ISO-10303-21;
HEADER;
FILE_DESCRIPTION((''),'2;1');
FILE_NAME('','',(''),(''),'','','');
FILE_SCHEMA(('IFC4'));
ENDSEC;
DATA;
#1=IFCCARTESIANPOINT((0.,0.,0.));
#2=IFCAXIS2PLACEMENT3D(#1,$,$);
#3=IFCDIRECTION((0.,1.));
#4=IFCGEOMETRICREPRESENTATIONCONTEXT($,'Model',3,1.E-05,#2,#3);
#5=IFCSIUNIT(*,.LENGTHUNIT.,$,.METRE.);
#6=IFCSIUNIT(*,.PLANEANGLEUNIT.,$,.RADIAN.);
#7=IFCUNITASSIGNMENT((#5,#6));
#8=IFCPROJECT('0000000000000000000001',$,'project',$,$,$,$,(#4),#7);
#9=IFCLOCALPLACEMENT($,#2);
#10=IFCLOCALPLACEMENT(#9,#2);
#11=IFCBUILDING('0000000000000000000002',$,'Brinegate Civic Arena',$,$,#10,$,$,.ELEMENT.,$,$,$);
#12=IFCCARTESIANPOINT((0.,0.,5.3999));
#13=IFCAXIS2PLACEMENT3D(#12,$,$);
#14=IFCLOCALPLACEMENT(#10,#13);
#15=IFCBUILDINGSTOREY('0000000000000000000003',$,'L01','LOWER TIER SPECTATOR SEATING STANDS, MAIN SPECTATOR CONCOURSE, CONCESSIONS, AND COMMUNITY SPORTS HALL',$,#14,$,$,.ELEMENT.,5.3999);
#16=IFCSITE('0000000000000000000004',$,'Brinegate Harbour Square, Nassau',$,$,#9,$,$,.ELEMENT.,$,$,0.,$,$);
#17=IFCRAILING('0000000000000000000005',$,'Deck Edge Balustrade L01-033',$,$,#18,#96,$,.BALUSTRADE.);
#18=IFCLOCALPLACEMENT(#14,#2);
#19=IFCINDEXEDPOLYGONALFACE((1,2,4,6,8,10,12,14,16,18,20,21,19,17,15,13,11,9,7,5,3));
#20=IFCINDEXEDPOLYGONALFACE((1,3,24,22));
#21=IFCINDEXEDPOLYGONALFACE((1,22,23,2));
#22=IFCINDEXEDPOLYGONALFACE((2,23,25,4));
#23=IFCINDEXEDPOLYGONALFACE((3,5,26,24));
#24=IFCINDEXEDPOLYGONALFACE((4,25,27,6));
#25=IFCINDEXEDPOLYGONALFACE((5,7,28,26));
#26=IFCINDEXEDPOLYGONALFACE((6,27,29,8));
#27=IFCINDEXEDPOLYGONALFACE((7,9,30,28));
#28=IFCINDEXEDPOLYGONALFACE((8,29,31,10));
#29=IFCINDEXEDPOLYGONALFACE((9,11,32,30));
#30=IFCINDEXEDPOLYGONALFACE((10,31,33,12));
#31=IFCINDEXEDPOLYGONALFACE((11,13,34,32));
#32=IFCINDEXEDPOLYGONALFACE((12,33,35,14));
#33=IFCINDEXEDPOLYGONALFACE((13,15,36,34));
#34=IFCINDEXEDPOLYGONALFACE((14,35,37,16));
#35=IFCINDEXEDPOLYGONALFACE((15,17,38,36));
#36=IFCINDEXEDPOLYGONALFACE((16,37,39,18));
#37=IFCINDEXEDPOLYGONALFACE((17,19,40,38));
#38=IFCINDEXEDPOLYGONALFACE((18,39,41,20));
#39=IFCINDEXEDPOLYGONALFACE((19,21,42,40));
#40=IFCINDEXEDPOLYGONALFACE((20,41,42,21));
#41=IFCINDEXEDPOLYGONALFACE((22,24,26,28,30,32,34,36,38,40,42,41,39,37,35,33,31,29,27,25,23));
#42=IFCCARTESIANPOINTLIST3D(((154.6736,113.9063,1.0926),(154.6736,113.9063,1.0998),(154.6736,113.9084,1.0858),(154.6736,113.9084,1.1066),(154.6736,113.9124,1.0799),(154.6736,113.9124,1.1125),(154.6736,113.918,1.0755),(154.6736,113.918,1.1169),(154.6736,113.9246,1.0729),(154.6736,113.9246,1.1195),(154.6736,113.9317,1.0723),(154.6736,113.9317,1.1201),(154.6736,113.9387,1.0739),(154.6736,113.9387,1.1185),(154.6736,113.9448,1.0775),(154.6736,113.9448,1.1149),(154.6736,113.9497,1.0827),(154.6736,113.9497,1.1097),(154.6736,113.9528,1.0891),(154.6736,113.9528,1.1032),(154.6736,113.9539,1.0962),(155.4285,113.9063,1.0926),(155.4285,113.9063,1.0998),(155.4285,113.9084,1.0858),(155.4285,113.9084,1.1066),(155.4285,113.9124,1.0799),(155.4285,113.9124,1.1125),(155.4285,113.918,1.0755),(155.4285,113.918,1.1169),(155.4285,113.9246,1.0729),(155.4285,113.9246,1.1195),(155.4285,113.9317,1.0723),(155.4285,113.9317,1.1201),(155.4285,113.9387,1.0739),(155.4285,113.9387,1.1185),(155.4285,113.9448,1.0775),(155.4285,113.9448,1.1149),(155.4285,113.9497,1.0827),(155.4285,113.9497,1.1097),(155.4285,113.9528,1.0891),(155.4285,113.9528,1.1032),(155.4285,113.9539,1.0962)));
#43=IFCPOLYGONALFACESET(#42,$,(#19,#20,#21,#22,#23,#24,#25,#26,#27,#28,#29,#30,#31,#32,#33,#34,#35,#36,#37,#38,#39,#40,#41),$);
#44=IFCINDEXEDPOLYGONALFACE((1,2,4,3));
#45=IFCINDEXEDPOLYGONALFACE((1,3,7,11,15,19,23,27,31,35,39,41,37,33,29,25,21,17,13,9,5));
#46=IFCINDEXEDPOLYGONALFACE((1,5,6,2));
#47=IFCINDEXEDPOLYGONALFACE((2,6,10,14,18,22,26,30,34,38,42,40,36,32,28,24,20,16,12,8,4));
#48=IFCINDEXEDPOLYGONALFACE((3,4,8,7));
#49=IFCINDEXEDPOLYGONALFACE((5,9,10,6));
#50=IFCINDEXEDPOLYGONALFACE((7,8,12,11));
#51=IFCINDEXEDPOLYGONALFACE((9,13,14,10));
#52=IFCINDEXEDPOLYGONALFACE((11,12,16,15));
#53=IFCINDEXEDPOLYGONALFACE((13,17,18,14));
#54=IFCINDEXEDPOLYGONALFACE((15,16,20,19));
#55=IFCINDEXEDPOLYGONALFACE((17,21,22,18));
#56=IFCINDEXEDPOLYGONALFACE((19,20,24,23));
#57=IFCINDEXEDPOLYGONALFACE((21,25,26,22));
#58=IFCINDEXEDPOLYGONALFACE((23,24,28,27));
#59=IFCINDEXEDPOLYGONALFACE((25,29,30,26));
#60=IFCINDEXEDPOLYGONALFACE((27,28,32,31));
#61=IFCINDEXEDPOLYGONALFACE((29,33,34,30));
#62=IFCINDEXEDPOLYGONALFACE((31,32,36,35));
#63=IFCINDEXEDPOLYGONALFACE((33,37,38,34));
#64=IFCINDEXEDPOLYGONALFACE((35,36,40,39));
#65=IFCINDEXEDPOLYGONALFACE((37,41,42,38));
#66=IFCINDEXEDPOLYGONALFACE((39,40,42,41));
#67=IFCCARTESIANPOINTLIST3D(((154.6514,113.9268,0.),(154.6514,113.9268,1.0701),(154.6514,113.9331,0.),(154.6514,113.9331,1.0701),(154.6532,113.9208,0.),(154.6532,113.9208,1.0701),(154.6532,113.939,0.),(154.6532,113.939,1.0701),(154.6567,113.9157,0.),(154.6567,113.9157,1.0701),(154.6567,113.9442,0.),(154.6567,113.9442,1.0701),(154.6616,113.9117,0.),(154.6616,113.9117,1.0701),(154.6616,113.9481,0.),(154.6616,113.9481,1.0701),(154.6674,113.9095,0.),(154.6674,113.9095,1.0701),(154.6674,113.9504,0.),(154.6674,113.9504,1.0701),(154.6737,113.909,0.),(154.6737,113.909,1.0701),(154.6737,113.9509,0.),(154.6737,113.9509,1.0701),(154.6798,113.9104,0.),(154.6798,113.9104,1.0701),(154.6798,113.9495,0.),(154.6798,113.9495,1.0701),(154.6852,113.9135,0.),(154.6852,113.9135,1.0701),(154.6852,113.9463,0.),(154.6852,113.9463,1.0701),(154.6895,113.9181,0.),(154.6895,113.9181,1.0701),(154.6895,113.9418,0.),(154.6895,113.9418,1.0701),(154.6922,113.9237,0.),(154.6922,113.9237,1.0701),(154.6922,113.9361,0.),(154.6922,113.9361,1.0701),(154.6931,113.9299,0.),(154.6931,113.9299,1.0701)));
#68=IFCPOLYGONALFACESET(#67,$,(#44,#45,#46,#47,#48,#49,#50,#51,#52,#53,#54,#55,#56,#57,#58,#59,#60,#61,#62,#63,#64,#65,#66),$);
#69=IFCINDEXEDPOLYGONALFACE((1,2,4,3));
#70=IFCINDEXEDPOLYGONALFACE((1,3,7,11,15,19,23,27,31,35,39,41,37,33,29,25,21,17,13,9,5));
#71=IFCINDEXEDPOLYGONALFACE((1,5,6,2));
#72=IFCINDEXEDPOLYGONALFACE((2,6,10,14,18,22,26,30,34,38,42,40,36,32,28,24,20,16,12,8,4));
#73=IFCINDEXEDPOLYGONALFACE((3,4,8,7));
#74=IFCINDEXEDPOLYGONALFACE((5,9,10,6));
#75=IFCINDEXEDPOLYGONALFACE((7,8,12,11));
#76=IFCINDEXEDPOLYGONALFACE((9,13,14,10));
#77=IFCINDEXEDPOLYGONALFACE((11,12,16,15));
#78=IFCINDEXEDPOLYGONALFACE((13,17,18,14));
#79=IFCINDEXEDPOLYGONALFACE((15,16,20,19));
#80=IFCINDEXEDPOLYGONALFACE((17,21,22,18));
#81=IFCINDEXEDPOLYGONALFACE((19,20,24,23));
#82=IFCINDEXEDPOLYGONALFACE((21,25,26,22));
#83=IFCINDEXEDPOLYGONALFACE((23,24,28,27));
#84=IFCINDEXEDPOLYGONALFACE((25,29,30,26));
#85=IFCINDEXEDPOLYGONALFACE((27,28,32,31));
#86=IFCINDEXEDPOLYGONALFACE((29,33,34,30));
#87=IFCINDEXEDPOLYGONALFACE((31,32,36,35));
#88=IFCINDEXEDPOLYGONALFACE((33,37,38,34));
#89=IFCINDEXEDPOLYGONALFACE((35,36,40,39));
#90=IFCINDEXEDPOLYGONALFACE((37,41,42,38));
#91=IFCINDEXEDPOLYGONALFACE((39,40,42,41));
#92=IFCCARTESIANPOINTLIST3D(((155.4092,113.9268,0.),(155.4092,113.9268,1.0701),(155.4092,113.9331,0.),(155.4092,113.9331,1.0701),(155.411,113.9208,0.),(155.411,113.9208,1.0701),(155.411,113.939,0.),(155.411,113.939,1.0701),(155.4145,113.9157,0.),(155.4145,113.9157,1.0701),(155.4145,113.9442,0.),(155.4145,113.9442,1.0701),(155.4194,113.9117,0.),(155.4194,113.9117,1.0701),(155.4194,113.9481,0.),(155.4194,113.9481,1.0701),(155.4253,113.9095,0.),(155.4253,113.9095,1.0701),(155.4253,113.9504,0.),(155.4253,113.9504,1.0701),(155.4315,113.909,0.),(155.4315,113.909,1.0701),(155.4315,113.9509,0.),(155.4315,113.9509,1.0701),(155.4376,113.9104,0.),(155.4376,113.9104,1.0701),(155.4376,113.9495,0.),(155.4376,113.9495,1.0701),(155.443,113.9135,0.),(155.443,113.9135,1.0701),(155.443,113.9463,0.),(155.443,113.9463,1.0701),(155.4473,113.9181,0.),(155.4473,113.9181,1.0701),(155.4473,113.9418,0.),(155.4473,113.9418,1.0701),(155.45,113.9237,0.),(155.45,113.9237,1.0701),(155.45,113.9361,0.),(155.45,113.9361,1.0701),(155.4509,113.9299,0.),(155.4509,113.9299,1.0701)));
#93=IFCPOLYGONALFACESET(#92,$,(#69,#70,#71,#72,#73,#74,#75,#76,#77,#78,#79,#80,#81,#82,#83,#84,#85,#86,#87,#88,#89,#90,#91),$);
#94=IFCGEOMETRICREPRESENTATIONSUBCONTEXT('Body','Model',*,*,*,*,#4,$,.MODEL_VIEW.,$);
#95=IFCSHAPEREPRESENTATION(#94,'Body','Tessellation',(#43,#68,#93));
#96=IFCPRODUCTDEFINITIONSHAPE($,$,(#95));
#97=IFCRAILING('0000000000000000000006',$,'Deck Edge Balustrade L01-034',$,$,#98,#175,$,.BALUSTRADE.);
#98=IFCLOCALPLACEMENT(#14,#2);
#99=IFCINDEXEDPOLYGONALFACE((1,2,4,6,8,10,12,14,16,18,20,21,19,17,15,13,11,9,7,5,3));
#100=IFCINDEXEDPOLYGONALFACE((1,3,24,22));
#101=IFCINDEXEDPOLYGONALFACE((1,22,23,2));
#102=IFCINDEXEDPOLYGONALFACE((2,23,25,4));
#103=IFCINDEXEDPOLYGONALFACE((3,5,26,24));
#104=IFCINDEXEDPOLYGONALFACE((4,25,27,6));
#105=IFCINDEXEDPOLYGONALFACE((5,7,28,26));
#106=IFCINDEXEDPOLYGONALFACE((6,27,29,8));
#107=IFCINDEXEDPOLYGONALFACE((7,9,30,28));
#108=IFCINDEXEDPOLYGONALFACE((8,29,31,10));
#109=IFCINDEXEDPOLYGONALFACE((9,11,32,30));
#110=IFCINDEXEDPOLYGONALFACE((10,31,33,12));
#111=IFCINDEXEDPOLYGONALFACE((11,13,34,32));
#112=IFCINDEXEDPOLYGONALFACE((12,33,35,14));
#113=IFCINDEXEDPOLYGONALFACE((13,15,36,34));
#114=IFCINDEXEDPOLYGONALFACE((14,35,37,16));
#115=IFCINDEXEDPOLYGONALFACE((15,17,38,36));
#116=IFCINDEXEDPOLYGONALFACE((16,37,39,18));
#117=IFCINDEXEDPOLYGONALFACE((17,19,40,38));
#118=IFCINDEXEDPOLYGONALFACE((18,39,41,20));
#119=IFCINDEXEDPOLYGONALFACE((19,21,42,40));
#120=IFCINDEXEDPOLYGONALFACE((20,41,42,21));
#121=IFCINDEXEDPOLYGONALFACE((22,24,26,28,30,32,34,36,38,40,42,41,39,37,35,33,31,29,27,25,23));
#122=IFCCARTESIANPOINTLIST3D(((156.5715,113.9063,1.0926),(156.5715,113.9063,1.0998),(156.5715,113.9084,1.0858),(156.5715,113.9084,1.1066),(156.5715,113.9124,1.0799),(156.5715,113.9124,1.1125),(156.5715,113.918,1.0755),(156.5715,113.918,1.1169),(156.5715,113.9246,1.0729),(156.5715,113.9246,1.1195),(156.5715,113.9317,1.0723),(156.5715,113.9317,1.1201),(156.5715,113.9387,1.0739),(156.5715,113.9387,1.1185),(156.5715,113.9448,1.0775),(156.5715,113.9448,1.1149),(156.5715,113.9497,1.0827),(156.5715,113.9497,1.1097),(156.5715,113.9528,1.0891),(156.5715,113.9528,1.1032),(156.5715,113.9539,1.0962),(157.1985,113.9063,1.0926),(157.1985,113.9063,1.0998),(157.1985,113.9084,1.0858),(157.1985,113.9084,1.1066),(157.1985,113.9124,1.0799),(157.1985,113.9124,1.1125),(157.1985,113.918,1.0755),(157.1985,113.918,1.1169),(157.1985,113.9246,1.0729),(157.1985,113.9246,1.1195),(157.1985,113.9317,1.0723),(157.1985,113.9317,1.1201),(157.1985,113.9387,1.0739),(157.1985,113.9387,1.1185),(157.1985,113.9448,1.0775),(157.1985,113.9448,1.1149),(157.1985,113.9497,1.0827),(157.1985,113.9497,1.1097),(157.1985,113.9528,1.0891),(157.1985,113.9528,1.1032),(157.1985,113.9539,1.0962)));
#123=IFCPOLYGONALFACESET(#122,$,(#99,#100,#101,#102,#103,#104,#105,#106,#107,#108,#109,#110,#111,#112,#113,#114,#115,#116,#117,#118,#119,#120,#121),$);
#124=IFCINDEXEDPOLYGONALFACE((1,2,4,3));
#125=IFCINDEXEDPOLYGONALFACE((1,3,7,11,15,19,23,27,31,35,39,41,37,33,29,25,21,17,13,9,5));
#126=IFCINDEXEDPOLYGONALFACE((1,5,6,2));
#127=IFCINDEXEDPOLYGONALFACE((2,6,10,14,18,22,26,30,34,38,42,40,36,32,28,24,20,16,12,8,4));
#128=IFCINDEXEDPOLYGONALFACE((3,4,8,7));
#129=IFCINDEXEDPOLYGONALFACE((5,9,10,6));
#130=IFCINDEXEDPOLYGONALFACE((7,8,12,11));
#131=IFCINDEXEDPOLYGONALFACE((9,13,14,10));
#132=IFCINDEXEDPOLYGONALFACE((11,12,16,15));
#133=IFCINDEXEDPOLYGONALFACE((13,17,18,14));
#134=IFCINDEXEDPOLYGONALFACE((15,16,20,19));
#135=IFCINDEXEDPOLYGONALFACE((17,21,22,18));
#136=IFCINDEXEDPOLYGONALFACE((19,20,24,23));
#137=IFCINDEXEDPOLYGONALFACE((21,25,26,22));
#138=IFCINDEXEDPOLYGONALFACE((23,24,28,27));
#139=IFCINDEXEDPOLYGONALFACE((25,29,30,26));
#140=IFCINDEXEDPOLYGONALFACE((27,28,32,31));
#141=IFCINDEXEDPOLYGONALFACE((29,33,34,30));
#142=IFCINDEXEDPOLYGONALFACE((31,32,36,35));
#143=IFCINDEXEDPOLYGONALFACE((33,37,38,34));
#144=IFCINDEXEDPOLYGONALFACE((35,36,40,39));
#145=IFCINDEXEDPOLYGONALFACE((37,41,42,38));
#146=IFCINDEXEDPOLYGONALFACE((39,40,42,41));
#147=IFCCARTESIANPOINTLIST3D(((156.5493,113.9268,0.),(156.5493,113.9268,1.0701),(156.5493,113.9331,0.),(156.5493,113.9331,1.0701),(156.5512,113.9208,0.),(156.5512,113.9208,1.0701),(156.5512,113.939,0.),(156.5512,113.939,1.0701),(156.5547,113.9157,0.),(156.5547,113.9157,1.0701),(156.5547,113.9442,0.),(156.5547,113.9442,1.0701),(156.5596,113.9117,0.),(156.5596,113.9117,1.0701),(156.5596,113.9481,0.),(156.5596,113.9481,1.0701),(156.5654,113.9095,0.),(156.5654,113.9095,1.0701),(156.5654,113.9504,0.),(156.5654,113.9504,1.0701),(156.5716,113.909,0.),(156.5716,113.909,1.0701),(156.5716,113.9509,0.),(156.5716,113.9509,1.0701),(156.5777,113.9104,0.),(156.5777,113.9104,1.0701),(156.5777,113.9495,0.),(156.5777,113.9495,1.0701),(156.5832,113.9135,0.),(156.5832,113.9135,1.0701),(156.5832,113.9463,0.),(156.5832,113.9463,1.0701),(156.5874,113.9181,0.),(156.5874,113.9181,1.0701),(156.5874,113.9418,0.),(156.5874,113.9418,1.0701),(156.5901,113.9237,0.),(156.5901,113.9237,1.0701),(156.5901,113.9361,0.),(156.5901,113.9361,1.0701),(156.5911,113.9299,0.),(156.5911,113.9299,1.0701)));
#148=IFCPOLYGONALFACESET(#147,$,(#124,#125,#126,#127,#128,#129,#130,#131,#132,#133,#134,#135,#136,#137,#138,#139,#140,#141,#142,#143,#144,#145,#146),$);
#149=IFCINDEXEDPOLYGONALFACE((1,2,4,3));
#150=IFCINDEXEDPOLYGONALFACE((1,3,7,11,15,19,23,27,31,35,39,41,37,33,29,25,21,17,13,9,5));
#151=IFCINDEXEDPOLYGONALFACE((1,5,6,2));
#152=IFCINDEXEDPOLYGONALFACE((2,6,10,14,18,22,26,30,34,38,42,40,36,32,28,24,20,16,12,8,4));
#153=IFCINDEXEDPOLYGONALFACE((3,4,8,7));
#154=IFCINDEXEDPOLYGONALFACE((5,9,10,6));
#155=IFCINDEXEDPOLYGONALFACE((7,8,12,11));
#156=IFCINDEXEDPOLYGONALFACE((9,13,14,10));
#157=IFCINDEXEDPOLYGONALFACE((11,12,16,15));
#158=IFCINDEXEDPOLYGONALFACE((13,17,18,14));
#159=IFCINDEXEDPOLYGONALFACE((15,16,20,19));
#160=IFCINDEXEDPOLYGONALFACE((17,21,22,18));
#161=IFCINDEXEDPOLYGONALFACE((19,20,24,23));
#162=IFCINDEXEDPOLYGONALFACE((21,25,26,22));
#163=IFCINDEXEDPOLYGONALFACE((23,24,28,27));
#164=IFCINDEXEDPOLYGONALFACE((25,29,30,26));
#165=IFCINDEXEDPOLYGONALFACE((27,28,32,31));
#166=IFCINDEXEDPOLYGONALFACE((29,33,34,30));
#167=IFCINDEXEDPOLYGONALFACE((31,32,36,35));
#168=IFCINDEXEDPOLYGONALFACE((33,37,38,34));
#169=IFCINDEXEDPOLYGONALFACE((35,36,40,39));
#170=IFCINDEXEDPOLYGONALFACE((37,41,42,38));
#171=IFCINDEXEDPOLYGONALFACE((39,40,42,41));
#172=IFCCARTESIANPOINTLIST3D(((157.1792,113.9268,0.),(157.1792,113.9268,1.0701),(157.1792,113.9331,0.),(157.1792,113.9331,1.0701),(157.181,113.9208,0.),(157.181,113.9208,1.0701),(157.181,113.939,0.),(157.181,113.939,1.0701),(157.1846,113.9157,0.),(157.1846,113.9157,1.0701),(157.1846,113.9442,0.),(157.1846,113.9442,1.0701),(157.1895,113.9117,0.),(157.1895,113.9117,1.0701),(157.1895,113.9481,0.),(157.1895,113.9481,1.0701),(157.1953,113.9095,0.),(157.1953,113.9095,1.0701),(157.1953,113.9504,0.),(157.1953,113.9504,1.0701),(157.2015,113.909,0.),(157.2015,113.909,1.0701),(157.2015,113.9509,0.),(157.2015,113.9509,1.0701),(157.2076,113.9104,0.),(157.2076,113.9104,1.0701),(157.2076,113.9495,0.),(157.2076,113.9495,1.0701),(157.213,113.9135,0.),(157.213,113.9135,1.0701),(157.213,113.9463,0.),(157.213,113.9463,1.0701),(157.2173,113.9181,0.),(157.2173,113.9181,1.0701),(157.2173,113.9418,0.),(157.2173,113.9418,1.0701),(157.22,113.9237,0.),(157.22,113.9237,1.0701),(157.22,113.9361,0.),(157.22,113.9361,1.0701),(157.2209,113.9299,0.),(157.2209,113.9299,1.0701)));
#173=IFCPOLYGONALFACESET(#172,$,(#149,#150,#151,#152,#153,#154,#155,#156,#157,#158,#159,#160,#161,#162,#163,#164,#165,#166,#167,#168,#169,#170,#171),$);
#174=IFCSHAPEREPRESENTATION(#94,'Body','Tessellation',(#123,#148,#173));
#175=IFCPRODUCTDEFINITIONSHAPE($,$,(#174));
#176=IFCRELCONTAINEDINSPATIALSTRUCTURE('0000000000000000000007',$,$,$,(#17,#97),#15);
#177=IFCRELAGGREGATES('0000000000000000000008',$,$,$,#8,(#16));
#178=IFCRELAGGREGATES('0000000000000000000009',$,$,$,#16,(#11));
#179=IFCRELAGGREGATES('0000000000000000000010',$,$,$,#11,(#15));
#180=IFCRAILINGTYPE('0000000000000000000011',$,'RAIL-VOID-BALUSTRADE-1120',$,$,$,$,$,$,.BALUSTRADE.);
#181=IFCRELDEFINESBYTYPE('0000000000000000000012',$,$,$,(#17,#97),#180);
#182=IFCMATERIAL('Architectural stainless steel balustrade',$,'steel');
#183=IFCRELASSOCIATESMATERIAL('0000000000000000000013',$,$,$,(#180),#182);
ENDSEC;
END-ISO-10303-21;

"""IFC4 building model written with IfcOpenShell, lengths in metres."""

from ifc_helpers import new_model, si_unit, direction, frame, origin, origin_2d, place, context, subcontext, project, spatial, circle, extrude, material, type_object, element, save


model = new_model("IFC4")

# Units and contexts
model_context = context("Model", 3, precision=1e-05, world=origin(), true_north=direction((0.0, 1.0)))
body_context = subcontext(model_context, "Body", "Model", "MODEL_VIEW")
ifc_project = project(units=[si_unit("LENGTHUNIT", "METRE"), si_unit("PLANEANGLEUNIT", "RADIAN")], contexts=[model_context])

# Site, building, storey
site_placement = place(None, origin())
site = spatial("IfcSite", under=ifc_project, at=site_placement, Name="Brinegate Harbour Square, Nassau", CompositionType="ELEMENT", RefElevation=0.0)
building_placement = place(site_placement, origin())
building = spatial("IfcBuilding", under=site, at=building_placement, Name="Brinegate Civic Arena", CompositionType="ELEMENT")
storey_placement = place(building_placement, frame((0.0, 0.0, 5.3999)))
storey = spatial("IfcBuildingStorey", under=building, at=storey_placement, Name="L01", Description="LOWER TIER SPECTATOR SEATING STANDS, MAIN SPECTATOR CONCOURSE, CONCESSIONS, AND COMMUNITY SPORTS HALL", CompositionType="ELEMENT", Elevation=5.3999)

# Railings
ifc_material_1 = material(Name="Architectural stainless steel balustrade", Category="steel")
railing_type_1 = type_object("IfcRailingType", Name="RAIL-VOID-BALUSTRADE-1120", PredefinedType="BALUSTRADE", material=ifc_material_1)
railing_1_placement = place(storey_placement, frame((154.6721, 113.9299, 0.0)))
element("IfcRailing", 1, at=railing_1_placement, inside=storey, type_object=railing_type_1, Name="Deck Edge Balustrade L01-033", PredefinedType="BALUSTRADE", context=body_context, shape_type="SweptSolid", body=[
    extrude(circle(Radius=0.0239, at=origin_2d()), frame((0.0015, 0.0, 1.0962), z_axis=(1.0, 0.0, 0.0), x_axis=(0.0, 1.0, 0.0)), (0.0, 0.0, 1.0), 0.7549),
    extrude(circle(Radius=0.021, at=origin_2d()), origin(), (0.0, 0.0, 1.0), 1.0701),
    extrude(circle(Radius=0.021, at=origin_2d()), frame((0.7578, 0.0, 0.0)), (0.0, 0.0, 1.0), 1.0701),
])
railing_2_placement = place(storey_placement, frame((156.5701, 113.9299, 0.0)))
element("IfcRailing", 2, at=railing_2_placement, inside=storey, type_object=railing_type_1, Name="Deck Edge Balustrade L01-034", PredefinedType="BALUSTRADE", context=body_context, shape_type="SweptSolid", body=[
    extrude(circle(Radius=0.0239, at=origin_2d()), frame((0.0015, 0.0, 1.0962), z_axis=(1.0, 0.0, 0.0), x_axis=(0.0, 1.0, 0.0)), (0.0, 0.0, 1.0), 0.627),
    extrude(circle(Radius=0.021, at=origin_2d()), origin(), (0.0, 0.0, 1.0), 1.0701),
    extrude(circle(Radius=0.021, at=origin_2d()), frame((0.6299, 0.0, 0.0)), (0.0, 0.0, 1.0), 1.0701),
])

save(model, "model.ifc")
